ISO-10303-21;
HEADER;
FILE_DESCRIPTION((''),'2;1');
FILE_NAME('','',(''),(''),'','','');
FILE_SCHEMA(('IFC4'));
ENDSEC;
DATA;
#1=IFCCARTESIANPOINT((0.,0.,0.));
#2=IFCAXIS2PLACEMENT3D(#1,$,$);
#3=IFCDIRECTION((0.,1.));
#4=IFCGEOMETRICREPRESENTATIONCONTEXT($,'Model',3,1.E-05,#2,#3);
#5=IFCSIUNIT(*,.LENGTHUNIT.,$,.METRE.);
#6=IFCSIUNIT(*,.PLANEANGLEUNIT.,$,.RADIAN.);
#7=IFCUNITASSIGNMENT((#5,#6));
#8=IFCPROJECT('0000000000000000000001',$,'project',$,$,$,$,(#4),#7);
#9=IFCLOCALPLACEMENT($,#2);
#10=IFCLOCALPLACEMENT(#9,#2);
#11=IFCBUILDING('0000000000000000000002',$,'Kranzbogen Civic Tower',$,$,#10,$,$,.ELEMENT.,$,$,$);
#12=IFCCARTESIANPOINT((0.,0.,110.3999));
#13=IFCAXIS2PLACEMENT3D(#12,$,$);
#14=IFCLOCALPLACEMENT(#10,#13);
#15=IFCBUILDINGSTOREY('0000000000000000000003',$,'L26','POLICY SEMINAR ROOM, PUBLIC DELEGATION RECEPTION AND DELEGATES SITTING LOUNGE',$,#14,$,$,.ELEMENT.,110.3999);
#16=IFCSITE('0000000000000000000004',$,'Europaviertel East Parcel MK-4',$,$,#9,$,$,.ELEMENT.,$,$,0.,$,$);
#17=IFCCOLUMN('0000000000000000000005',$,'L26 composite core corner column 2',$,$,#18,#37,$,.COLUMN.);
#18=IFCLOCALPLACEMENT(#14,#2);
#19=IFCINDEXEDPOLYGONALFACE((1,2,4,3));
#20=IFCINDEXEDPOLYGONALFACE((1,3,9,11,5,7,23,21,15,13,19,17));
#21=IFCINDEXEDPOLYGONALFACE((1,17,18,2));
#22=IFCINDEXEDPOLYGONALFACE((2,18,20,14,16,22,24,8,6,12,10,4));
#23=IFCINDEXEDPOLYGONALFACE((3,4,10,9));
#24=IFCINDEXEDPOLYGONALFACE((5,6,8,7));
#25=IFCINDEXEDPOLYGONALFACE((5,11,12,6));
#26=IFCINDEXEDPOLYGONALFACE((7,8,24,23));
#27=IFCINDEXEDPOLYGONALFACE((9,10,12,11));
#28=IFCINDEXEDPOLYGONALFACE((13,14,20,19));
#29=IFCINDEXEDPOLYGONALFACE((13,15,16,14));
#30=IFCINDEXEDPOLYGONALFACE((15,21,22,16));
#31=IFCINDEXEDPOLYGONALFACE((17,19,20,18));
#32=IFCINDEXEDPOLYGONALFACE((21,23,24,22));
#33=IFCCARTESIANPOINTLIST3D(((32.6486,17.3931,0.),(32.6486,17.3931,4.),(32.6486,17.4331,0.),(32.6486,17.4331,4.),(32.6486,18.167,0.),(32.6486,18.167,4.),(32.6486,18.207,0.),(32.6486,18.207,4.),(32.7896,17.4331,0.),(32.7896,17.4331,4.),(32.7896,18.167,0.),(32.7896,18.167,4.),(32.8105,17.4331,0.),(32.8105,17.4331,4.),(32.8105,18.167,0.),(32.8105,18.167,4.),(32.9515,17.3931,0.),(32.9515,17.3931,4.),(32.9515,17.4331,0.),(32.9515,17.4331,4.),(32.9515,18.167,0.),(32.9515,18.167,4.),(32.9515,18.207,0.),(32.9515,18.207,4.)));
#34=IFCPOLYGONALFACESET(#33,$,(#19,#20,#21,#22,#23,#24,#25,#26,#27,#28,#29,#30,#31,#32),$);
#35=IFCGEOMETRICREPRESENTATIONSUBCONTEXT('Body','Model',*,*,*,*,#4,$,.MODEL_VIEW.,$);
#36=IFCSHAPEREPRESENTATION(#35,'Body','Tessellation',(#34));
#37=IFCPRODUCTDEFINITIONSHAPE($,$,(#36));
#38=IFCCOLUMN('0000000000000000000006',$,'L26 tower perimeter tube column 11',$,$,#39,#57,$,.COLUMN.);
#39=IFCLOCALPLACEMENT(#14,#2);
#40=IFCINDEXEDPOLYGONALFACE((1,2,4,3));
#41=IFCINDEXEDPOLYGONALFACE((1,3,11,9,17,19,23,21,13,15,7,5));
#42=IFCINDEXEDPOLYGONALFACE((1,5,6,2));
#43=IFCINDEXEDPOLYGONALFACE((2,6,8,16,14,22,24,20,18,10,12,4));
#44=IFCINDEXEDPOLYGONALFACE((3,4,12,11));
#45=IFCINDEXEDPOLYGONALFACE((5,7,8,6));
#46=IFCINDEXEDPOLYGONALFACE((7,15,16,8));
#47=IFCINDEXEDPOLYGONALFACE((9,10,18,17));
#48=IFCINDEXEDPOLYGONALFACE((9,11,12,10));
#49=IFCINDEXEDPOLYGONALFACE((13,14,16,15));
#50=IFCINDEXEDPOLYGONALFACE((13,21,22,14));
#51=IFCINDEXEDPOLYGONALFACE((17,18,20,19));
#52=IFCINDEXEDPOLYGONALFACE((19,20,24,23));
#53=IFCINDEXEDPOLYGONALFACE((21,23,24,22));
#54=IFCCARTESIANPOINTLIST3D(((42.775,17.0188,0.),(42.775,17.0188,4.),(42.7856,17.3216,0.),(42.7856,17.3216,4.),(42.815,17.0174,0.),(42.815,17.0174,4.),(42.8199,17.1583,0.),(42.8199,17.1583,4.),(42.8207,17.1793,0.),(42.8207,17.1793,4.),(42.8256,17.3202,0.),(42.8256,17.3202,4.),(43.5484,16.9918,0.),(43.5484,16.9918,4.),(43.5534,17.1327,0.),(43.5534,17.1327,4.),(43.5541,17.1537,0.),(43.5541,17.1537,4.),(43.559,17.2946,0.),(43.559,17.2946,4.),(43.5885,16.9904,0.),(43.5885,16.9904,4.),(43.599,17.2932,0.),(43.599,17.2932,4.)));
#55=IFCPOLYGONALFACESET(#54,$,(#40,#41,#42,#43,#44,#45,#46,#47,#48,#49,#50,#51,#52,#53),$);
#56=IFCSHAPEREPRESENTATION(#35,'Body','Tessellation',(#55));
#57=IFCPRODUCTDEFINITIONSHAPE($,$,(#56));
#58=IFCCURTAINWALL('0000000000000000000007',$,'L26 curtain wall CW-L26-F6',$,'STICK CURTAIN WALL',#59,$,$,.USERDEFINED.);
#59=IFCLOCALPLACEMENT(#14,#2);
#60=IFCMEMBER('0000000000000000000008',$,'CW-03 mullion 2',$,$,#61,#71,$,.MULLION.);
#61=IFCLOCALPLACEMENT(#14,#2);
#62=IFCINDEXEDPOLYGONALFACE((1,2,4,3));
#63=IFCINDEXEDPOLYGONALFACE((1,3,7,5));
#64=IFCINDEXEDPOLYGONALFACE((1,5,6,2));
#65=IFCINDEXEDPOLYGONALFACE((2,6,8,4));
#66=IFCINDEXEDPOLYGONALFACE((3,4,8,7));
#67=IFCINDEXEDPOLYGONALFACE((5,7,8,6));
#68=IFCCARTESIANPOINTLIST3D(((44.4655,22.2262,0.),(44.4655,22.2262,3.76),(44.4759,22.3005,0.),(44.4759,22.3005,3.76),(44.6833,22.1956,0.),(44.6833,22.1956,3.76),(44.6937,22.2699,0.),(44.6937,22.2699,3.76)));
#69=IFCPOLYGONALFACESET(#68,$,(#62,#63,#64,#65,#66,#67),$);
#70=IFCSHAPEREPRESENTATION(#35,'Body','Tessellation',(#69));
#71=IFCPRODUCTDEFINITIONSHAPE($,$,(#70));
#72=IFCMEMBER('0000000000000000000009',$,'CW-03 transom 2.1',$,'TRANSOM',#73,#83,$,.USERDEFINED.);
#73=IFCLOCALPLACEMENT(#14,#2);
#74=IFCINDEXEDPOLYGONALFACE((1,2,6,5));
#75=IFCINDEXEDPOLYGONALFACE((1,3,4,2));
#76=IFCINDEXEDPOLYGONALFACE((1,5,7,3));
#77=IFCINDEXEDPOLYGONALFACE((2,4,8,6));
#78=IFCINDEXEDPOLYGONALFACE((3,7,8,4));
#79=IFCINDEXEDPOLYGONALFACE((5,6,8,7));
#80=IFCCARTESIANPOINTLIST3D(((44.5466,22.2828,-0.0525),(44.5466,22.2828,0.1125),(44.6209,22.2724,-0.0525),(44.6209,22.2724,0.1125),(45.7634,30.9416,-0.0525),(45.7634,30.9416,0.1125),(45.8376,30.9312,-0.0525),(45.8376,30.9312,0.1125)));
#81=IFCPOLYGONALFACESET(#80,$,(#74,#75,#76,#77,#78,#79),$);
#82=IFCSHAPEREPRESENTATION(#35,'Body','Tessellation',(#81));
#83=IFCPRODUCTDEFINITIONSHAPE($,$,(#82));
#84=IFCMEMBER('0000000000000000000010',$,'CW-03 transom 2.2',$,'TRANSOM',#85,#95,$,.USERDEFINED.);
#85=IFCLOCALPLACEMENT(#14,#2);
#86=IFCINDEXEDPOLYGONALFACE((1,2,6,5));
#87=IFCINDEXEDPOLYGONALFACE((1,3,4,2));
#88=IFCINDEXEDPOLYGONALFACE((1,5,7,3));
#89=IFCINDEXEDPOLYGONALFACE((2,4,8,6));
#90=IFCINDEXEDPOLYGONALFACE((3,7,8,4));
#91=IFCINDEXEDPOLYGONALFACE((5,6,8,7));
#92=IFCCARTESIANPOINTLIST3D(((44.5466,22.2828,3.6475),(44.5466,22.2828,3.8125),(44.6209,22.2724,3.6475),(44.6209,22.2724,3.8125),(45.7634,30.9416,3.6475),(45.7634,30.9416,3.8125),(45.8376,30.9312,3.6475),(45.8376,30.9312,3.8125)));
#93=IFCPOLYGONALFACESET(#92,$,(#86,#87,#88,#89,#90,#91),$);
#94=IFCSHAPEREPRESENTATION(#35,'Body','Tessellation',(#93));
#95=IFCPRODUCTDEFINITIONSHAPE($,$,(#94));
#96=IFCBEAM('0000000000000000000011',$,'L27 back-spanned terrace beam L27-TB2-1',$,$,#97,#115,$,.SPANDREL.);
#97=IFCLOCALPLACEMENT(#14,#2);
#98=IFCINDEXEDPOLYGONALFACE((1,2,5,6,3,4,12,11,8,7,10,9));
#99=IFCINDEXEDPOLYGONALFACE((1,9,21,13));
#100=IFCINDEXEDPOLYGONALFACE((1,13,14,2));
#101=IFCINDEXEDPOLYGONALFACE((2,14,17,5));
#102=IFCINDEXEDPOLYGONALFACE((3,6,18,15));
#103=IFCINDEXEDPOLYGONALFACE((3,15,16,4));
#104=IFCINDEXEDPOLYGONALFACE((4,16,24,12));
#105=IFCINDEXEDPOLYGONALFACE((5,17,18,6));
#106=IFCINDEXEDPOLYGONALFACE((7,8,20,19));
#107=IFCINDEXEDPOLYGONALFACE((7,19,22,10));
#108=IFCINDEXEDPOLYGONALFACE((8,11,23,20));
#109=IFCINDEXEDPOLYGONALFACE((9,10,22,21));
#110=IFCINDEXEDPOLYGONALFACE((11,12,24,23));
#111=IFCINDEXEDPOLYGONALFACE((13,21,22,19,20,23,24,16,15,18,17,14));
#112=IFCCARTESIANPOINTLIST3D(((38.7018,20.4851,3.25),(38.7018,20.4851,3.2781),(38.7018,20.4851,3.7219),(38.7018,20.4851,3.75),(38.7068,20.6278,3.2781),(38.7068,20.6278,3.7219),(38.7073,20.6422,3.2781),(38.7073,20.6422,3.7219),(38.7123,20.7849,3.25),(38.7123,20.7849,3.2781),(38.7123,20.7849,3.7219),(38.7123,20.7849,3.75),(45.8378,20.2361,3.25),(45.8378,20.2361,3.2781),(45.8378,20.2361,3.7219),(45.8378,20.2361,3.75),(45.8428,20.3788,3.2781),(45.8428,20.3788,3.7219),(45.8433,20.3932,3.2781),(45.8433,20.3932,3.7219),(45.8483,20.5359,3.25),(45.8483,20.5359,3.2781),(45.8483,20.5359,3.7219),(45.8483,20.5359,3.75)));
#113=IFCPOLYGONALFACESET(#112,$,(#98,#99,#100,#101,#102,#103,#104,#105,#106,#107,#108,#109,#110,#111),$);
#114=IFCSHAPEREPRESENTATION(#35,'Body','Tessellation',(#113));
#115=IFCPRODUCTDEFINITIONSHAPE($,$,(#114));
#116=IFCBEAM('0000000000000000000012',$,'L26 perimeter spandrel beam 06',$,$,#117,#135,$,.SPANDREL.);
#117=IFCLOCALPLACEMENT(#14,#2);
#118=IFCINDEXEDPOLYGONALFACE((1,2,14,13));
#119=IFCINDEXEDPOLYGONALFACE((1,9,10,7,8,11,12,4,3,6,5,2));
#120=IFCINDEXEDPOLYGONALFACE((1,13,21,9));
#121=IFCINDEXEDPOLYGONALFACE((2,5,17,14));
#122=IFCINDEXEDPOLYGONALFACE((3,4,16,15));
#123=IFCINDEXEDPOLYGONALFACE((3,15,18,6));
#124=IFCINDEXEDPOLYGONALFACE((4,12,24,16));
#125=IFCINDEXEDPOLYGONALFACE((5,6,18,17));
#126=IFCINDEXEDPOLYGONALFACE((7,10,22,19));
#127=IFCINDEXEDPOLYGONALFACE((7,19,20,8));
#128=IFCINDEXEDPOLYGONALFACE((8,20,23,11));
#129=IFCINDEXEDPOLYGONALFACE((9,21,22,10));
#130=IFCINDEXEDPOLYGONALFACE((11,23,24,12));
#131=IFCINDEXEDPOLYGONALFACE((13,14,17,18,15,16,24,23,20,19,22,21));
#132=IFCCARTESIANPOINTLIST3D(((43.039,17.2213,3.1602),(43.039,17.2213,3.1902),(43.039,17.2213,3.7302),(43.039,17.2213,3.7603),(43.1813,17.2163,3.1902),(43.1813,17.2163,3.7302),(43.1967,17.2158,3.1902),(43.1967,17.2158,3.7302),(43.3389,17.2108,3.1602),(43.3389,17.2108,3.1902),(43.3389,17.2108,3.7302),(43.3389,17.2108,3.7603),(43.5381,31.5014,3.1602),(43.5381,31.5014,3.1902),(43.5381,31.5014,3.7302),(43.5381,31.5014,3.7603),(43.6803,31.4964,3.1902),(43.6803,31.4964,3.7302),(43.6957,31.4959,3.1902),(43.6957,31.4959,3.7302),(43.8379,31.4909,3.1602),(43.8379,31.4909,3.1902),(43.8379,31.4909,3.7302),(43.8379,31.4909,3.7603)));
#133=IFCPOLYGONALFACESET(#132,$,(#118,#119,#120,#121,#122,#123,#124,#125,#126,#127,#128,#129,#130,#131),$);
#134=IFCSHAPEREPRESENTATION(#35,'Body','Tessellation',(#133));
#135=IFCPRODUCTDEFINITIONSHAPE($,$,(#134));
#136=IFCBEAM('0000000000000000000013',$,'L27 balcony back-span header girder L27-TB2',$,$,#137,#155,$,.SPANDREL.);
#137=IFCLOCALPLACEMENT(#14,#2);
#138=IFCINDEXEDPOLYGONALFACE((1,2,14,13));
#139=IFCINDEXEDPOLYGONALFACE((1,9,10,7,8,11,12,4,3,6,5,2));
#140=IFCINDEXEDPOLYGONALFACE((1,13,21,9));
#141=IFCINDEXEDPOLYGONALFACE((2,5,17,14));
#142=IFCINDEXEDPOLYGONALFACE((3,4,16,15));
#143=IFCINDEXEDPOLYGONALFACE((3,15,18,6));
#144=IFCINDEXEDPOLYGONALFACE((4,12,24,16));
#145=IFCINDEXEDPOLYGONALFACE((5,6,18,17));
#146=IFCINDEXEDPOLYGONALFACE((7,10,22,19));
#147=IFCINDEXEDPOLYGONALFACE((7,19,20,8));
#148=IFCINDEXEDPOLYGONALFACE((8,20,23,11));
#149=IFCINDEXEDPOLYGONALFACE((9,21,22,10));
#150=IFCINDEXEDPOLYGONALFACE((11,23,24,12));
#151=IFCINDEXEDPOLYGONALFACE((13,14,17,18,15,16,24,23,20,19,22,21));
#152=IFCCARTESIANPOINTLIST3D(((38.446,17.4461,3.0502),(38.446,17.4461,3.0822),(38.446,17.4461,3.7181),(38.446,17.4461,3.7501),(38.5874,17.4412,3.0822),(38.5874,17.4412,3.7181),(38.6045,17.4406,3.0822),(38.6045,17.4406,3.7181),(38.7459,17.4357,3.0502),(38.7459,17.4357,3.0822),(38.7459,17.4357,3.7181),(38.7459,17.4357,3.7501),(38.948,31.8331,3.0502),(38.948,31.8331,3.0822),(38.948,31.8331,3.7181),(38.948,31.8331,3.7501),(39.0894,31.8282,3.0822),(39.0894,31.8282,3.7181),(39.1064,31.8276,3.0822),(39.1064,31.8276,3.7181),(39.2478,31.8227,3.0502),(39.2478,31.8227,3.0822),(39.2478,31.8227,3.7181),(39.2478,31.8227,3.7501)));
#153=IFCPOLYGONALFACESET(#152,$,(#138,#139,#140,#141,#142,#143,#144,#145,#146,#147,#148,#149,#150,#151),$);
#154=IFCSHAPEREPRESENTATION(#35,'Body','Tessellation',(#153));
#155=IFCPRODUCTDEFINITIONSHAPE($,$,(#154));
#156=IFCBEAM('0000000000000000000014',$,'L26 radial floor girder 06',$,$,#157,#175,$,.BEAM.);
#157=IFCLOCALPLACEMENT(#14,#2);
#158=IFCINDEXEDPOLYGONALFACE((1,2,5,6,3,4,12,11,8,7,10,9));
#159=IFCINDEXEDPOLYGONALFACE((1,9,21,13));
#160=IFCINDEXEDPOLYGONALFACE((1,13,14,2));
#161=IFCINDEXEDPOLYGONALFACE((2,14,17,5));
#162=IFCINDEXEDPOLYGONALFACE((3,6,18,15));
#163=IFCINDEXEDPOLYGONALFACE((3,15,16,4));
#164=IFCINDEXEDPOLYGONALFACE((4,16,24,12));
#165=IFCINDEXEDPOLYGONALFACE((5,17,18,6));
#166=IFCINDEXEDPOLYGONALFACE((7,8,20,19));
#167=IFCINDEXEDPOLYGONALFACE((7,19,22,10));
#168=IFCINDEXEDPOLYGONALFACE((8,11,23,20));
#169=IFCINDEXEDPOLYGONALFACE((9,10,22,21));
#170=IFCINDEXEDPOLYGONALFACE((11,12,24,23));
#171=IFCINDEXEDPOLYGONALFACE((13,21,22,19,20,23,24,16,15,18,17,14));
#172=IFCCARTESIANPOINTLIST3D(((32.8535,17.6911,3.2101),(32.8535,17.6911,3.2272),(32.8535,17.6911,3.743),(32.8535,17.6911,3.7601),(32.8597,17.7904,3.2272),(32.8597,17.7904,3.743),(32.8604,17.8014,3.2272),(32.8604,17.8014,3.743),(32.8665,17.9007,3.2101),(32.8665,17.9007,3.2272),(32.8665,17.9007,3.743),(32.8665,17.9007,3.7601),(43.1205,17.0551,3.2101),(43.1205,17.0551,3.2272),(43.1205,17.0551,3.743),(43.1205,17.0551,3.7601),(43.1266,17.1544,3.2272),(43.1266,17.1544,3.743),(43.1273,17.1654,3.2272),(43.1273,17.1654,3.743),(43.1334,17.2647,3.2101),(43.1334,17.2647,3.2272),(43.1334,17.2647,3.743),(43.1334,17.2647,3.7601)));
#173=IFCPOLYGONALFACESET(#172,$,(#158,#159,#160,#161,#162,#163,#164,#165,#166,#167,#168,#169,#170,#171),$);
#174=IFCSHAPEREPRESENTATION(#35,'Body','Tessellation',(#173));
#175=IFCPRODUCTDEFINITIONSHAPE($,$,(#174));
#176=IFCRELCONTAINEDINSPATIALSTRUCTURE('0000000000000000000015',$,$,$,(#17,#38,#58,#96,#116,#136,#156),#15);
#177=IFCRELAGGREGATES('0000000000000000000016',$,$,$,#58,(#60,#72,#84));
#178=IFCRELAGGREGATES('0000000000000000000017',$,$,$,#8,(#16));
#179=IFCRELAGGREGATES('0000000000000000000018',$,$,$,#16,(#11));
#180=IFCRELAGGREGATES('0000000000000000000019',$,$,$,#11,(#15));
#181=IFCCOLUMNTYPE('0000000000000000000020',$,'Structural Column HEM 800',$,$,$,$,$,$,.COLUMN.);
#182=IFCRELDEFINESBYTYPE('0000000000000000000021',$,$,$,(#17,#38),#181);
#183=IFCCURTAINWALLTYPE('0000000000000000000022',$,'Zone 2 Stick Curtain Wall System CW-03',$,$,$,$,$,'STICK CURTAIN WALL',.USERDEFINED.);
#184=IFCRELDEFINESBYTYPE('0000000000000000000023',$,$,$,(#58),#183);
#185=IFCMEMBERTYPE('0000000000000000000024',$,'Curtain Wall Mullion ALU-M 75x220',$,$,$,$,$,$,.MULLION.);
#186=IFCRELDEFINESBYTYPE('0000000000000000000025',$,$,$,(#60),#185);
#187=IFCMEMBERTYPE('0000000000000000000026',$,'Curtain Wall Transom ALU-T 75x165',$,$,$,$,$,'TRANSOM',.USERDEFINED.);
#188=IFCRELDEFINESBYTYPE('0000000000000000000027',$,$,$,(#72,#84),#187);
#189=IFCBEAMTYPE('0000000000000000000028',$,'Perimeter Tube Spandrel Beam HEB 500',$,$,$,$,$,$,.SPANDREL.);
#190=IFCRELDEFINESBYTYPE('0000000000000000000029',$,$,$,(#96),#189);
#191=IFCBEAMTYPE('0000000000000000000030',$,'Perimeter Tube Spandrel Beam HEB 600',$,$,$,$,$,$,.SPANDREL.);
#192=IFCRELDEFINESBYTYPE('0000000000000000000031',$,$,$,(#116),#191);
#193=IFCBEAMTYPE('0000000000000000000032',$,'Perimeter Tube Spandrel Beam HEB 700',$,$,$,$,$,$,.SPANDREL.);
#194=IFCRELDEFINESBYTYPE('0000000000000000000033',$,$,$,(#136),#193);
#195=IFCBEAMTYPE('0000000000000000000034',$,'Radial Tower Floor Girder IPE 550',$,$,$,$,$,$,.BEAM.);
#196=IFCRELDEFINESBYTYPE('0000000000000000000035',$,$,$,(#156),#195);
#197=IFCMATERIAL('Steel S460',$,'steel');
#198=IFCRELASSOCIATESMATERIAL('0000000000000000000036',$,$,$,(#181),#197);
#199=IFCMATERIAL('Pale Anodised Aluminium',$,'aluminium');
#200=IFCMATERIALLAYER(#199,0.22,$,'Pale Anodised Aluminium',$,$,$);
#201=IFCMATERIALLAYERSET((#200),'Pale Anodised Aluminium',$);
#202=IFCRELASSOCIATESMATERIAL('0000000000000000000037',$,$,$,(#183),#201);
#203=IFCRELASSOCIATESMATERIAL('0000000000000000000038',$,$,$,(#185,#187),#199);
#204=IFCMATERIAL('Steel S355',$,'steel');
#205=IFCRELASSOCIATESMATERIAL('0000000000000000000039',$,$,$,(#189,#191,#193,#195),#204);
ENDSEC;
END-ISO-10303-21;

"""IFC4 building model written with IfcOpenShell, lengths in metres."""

from ifc_helpers import new_model, si_unit, direction, frame, origin, origin_2d, place, context, subcontext, project, spatial, rectangle, i_section, extrude, material, layer, layer_set, material_profile, profile_set, type_object, element, aggregate, save


model = new_model("IFC4")

# Units and contexts
model_context = context("Model", 3, precision=1e-05, world=origin(), true_north=direction((0.0, 1.0)))
body_context = subcontext(model_context, "Body", "Model", "MODEL_VIEW")
ifc_project = project(units=[si_unit("LENGTHUNIT", "METRE"), si_unit("PLANEANGLEUNIT", "RADIAN")], contexts=[model_context])

# Site, building, storey
site_placement = place(None, origin())
site = spatial("IfcSite", under=ifc_project, at=site_placement, Name="Europaviertel East Parcel MK-4", CompositionType="ELEMENT", RefElevation=0.0)
building_placement = place(site_placement, origin())
building = spatial("IfcBuilding", under=site, at=building_placement, Name="Kranzbogen Civic Tower", CompositionType="ELEMENT")
storey_placement = place(building_placement, frame((0.0, 0.0, 110.3999)))
storey = spatial("IfcBuildingStorey", under=building, at=storey_placement, Name="L26", Description="POLICY SEMINAR ROOM, PUBLIC DELEGATION RECEPTION AND DELEGATES SITTING LOUNGE", CompositionType="ELEMENT", Elevation=110.3999)

# Columns
ifc_material_1 = material(Name="Steel S460", Category="steel")
ifc_material_profile_1 = material_profile(ifc_material_1, i_section(OverallWidth=0.303, OverallDepth=0.814, WebThickness=0.021, FlangeThickness=0.04, at=origin_2d()), Name="HEM 800")
ifc_profile_set_1 = profile_set([ifc_material_profile_1], Name="Steel S460")
column_type = type_object("IfcColumnType", Name="Structural Column HEM 800", PredefinedType="COLUMN", material=ifc_profile_set_1)
for number, where, z_axis, x_axis, name in (
    (1, (32.8, 17.8, 0.0), (0.0, 0.0, 1.0), (1.0, 0.0, 0.0), "L26 composite core corner column 2"),
    (2, (43.187, 17.156, 0.0), (0.0, 0.0, 1.0), (0.034899, 0.999391, 0.0), "L26 tower perimeter tube column 11"),
):
    element("IfcColumn", number, at=place(storey_placement, frame(where, z_axis=z_axis, x_axis=x_axis)), inside=storey, type_object=column_type, Name=name, PredefinedType="COLUMN", context=body_context, shape_type="SweptSolid", body=[
        extrude(i_section(OverallWidth=0.303, OverallDepth=0.814, WebThickness=0.021, FlangeThickness=0.04, at=origin_2d()), origin(), (0.0, 0.0, 1.0), 4.0),
    ])

# Curtain wall, members
ifc_material_2 = material(Name="Pale Anodised Aluminium", Category="aluminium")
ifc_layer_1 = layer(ifc_material_2, 0.22, Name="Pale Anodised Aluminium")
ifc_layer_set_1 = layer_set([ifc_layer_1], Name="Pale Anodised Aluminium")
curtain_wall_type = type_object("IfcCurtainWallType", Name="Zone 2 Stick Curtain Wall System CW-03", ElementType="STICK CURTAIN WALL", PredefinedType="USERDEFINED", material=ifc_layer_set_1)
curtain_wall_placement = place(storey_placement, origin())
curtain_wall = element("IfcCurtainWall", 3, at=curtain_wall_placement, inside=storey, type_object=curtain_wall_type, Name="L26 curtain wall CW-L26-F6", ObjectType="STICK CURTAIN WALL", PredefinedType="USERDEFINED")
ifc_material_profile_2 = material_profile(ifc_material_2, rectangle(XDim=0.075, YDim=0.22, at=origin_2d()), Name="ALU-M 75x220")
ifc_profile_set_2 = profile_set([ifc_material_profile_2], Name="Pale Anodised Aluminium")
member_type_1 = type_object("IfcMemberType", Name="Curtain Wall Mullion ALU-M 75x220", PredefinedType="MULLION", material=ifc_profile_set_2)
member_1_placement = place(storey_placement, frame((44.5796, 22.248, 0.0), z_axis=(0.0, 0.0, 1.0), x_axis=(0.139179, 0.990267, 0.0)))
member_1 = element("IfcMember", 4, at=member_1_placement, type_object=member_type_1, Name="CW-03 mullion 2", PredefinedType="MULLION", context=body_context, shape_type="SweptSolid", body=[
    extrude(rectangle(XDim=0.075, YDim=0.22, at=origin_2d()), origin(), (0.0, 0.0, 1.0), 3.76),
])
ifc_material_profile_3 = material_profile(ifc_material_2, rectangle(XDim=0.075, YDim=0.165, at=origin_2d()), Name="ALU-T 75x165")
ifc_profile_set_3 = profile_set([ifc_material_profile_3], Name="Pale Anodised Aluminium")
member_type_2 = type_object("IfcMemberType", Name="Curtain Wall Transom ALU-T 75x165", ElementType="TRANSOM", PredefinedType="USERDEFINED", material=ifc_profile_set_3)
member_2_placement = place(storey_placement, frame((44.5837, 22.2776, 0.03), z_axis=(0.139158, 0.99027, 0.0), x_axis=(-0.99027, 0.139158, 0.0)))
member_2 = element("IfcMember", 5, at=member_2_placement, type_object=member_type_2, Name="CW-03 transom 2.1", ObjectType="TRANSOM", PredefinedType="USERDEFINED", context=body_context, shape_type="SweptSolid", body=[
    extrude(rectangle(XDim=0.075, YDim=0.165, at=origin_2d()), origin(), (0.0, 0.0, 1.0), 8.7439),
])
member_3_placement = place(storey_placement, frame((44.5837, 22.2776, 3.73), z_axis=(0.139158, 0.99027, 0.0), x_axis=(-0.99027, 0.139158, 0.0)))
member_3 = element("IfcMember", 6, at=member_3_placement, type_object=member_type_2, Name="CW-03 transom 2.2", ObjectType="TRANSOM", PredefinedType="USERDEFINED", context=body_context, shape_type="SweptSolid", body=[
    extrude(rectangle(XDim=0.075, YDim=0.165, at=origin_2d()), origin(), (0.0, 0.0, 1.0), 8.7439),
])

# Beams
ifc_material_3 = material(Name="Steel S355", Category="steel")
ifc_material_profile_4 = material_profile(ifc_material_3, i_section(OverallWidth=0.3, OverallDepth=0.5, WebThickness=0.0144, FlangeThickness=0.0281, at=origin_2d()), Name="HEB 500")
ifc_profile_set_4 = profile_set([ifc_material_profile_4], Name="Steel S355")
beam_type_1 = type_object("IfcBeamType", Name="Perimeter Tube Spandrel Beam HEB 500", PredefinedType="SPANDREL", material=ifc_profile_set_4)
beam_1_placement = place(storey_placement, frame((38.707, 20.635, 3.5), z_axis=(0.999392, -0.034876, 0.0), x_axis=(0.034876, 0.999392, 0.0)))
element("IfcBeam", 7, at=beam_1_placement, inside=storey, type_object=beam_type_1, Name="L27 back-spanned terrace beam L27-TB2-1", PredefinedType="SPANDREL", context=body_context, shape_type="SweptSolid", body=[
    extrude(i_section(OverallWidth=0.3, OverallDepth=0.5, WebThickness=0.0144, FlangeThickness=0.0281, at=origin_2d()), origin(), (0.0, 0.0, 1.0), 7.1404),
])
ifc_material_profile_5 = material_profile(ifc_material_3, i_section(OverallWidth=0.3, OverallDepth=0.6001, WebThickness=0.0154, FlangeThickness=0.03, at=origin_2d()), Name="HEB 600")
ifc_profile_set_5 = profile_set([ifc_material_profile_5], Name="Steel S355")
beam_type_2 = type_object("IfcBeamType", Name="Perimeter Tube Spandrel Beam HEB 600", PredefinedType="SPANDREL", material=ifc_profile_set_5)
beam_2_placement = place(storey_placement, frame((43.189, 17.2161, 3.4602), z_axis=(0.034924, 0.99939, 0.0), x_axis=(-0.99939, 0.034924, 0.0)))
element("IfcBeam", 8, at=beam_2_placement, inside=storey, type_object=beam_type_2, Name="L26 perimeter spandrel beam 06", PredefinedType="SPANDREL", context=body_context, shape_type="SweptSolid", body=[
    extrude(i_section(OverallWidth=0.3, OverallDepth=0.6001, WebThickness=0.0154, FlangeThickness=0.03, at=origin_2d()), origin(), (0.0, 0.0, 1.0), 14.2888),
])
ifc_material_profile_6 = material_profile(ifc_material_3, i_section(OverallWidth=0.3, OverallDepth=0.7, WebThickness=0.0171, FlangeThickness=0.032, at=origin_2d()), Name="HEB 700")
ifc_profile_set_6 = profile_set([ifc_material_profile_6], Name="Steel S355")
beam_type_3 = type_object("IfcBeamType", Name="Perimeter Tube Spandrel Beam HEB 700", PredefinedType="SPANDREL", material=ifc_profile_set_6)
beam_3_placement = place(storey_placement, frame((38.5959, 17.4409, 3.4001), z_axis=(0.034868, 0.999392, 0.0), x_axis=(-0.999392, 0.034868, 0.0)))
element("IfcBeam", 9, at=beam_3_placement, inside=storey, type_object=beam_type_3, Name="L27 balcony back-span header girder L27-TB2", PredefinedType="SPANDREL", context=body_context, shape_type="SweptSolid", body=[
    extrude(i_section(OverallWidth=0.3, OverallDepth=0.7, WebThickness=0.0171, FlangeThickness=0.032, at=origin_2d()), origin(), (0.0, 0.0, 1.0), 14.3958),
])
ifc_material_profile_7 = material_profile(ifc_material_3, i_section(OverallWidth=0.21, OverallDepth=0.55, WebThickness=0.011, FlangeThickness=0.0171, at=origin_2d()), Name="IPE 550")
ifc_profile_set_7 = profile_set([ifc_material_profile_7], Name="Steel S355")
beam_type_4 = type_object("IfcBeamType", Name="Radial Tower Floor Girder IPE 550", PredefinedType="BEAM", material=ifc_profile_set_7)
beam_4_placement = place(storey_placement, frame((43.127, 17.1599, 3.4851), z_axis=(-0.998087, 0.061827, 0.0), x_axis=(-0.061827, -0.998087, 0.0)))
element("IfcBeam", 10, at=beam_4_placement, inside=storey, type_object=beam_type_4, Name="L26 radial floor girder 06", PredefinedType="BEAM", context=body_context, shape_type="SweptSolid", body=[
    extrude(i_section(OverallWidth=0.21, OverallDepth=0.55, WebThickness=0.011, FlangeThickness=0.0171, at=origin_2d()), origin(), (0.0, 0.0, 1.0), 10.2866),
])

aggregate(curtain_wall, [member_1, member_2, member_3])

save(model, "model.ifc")
